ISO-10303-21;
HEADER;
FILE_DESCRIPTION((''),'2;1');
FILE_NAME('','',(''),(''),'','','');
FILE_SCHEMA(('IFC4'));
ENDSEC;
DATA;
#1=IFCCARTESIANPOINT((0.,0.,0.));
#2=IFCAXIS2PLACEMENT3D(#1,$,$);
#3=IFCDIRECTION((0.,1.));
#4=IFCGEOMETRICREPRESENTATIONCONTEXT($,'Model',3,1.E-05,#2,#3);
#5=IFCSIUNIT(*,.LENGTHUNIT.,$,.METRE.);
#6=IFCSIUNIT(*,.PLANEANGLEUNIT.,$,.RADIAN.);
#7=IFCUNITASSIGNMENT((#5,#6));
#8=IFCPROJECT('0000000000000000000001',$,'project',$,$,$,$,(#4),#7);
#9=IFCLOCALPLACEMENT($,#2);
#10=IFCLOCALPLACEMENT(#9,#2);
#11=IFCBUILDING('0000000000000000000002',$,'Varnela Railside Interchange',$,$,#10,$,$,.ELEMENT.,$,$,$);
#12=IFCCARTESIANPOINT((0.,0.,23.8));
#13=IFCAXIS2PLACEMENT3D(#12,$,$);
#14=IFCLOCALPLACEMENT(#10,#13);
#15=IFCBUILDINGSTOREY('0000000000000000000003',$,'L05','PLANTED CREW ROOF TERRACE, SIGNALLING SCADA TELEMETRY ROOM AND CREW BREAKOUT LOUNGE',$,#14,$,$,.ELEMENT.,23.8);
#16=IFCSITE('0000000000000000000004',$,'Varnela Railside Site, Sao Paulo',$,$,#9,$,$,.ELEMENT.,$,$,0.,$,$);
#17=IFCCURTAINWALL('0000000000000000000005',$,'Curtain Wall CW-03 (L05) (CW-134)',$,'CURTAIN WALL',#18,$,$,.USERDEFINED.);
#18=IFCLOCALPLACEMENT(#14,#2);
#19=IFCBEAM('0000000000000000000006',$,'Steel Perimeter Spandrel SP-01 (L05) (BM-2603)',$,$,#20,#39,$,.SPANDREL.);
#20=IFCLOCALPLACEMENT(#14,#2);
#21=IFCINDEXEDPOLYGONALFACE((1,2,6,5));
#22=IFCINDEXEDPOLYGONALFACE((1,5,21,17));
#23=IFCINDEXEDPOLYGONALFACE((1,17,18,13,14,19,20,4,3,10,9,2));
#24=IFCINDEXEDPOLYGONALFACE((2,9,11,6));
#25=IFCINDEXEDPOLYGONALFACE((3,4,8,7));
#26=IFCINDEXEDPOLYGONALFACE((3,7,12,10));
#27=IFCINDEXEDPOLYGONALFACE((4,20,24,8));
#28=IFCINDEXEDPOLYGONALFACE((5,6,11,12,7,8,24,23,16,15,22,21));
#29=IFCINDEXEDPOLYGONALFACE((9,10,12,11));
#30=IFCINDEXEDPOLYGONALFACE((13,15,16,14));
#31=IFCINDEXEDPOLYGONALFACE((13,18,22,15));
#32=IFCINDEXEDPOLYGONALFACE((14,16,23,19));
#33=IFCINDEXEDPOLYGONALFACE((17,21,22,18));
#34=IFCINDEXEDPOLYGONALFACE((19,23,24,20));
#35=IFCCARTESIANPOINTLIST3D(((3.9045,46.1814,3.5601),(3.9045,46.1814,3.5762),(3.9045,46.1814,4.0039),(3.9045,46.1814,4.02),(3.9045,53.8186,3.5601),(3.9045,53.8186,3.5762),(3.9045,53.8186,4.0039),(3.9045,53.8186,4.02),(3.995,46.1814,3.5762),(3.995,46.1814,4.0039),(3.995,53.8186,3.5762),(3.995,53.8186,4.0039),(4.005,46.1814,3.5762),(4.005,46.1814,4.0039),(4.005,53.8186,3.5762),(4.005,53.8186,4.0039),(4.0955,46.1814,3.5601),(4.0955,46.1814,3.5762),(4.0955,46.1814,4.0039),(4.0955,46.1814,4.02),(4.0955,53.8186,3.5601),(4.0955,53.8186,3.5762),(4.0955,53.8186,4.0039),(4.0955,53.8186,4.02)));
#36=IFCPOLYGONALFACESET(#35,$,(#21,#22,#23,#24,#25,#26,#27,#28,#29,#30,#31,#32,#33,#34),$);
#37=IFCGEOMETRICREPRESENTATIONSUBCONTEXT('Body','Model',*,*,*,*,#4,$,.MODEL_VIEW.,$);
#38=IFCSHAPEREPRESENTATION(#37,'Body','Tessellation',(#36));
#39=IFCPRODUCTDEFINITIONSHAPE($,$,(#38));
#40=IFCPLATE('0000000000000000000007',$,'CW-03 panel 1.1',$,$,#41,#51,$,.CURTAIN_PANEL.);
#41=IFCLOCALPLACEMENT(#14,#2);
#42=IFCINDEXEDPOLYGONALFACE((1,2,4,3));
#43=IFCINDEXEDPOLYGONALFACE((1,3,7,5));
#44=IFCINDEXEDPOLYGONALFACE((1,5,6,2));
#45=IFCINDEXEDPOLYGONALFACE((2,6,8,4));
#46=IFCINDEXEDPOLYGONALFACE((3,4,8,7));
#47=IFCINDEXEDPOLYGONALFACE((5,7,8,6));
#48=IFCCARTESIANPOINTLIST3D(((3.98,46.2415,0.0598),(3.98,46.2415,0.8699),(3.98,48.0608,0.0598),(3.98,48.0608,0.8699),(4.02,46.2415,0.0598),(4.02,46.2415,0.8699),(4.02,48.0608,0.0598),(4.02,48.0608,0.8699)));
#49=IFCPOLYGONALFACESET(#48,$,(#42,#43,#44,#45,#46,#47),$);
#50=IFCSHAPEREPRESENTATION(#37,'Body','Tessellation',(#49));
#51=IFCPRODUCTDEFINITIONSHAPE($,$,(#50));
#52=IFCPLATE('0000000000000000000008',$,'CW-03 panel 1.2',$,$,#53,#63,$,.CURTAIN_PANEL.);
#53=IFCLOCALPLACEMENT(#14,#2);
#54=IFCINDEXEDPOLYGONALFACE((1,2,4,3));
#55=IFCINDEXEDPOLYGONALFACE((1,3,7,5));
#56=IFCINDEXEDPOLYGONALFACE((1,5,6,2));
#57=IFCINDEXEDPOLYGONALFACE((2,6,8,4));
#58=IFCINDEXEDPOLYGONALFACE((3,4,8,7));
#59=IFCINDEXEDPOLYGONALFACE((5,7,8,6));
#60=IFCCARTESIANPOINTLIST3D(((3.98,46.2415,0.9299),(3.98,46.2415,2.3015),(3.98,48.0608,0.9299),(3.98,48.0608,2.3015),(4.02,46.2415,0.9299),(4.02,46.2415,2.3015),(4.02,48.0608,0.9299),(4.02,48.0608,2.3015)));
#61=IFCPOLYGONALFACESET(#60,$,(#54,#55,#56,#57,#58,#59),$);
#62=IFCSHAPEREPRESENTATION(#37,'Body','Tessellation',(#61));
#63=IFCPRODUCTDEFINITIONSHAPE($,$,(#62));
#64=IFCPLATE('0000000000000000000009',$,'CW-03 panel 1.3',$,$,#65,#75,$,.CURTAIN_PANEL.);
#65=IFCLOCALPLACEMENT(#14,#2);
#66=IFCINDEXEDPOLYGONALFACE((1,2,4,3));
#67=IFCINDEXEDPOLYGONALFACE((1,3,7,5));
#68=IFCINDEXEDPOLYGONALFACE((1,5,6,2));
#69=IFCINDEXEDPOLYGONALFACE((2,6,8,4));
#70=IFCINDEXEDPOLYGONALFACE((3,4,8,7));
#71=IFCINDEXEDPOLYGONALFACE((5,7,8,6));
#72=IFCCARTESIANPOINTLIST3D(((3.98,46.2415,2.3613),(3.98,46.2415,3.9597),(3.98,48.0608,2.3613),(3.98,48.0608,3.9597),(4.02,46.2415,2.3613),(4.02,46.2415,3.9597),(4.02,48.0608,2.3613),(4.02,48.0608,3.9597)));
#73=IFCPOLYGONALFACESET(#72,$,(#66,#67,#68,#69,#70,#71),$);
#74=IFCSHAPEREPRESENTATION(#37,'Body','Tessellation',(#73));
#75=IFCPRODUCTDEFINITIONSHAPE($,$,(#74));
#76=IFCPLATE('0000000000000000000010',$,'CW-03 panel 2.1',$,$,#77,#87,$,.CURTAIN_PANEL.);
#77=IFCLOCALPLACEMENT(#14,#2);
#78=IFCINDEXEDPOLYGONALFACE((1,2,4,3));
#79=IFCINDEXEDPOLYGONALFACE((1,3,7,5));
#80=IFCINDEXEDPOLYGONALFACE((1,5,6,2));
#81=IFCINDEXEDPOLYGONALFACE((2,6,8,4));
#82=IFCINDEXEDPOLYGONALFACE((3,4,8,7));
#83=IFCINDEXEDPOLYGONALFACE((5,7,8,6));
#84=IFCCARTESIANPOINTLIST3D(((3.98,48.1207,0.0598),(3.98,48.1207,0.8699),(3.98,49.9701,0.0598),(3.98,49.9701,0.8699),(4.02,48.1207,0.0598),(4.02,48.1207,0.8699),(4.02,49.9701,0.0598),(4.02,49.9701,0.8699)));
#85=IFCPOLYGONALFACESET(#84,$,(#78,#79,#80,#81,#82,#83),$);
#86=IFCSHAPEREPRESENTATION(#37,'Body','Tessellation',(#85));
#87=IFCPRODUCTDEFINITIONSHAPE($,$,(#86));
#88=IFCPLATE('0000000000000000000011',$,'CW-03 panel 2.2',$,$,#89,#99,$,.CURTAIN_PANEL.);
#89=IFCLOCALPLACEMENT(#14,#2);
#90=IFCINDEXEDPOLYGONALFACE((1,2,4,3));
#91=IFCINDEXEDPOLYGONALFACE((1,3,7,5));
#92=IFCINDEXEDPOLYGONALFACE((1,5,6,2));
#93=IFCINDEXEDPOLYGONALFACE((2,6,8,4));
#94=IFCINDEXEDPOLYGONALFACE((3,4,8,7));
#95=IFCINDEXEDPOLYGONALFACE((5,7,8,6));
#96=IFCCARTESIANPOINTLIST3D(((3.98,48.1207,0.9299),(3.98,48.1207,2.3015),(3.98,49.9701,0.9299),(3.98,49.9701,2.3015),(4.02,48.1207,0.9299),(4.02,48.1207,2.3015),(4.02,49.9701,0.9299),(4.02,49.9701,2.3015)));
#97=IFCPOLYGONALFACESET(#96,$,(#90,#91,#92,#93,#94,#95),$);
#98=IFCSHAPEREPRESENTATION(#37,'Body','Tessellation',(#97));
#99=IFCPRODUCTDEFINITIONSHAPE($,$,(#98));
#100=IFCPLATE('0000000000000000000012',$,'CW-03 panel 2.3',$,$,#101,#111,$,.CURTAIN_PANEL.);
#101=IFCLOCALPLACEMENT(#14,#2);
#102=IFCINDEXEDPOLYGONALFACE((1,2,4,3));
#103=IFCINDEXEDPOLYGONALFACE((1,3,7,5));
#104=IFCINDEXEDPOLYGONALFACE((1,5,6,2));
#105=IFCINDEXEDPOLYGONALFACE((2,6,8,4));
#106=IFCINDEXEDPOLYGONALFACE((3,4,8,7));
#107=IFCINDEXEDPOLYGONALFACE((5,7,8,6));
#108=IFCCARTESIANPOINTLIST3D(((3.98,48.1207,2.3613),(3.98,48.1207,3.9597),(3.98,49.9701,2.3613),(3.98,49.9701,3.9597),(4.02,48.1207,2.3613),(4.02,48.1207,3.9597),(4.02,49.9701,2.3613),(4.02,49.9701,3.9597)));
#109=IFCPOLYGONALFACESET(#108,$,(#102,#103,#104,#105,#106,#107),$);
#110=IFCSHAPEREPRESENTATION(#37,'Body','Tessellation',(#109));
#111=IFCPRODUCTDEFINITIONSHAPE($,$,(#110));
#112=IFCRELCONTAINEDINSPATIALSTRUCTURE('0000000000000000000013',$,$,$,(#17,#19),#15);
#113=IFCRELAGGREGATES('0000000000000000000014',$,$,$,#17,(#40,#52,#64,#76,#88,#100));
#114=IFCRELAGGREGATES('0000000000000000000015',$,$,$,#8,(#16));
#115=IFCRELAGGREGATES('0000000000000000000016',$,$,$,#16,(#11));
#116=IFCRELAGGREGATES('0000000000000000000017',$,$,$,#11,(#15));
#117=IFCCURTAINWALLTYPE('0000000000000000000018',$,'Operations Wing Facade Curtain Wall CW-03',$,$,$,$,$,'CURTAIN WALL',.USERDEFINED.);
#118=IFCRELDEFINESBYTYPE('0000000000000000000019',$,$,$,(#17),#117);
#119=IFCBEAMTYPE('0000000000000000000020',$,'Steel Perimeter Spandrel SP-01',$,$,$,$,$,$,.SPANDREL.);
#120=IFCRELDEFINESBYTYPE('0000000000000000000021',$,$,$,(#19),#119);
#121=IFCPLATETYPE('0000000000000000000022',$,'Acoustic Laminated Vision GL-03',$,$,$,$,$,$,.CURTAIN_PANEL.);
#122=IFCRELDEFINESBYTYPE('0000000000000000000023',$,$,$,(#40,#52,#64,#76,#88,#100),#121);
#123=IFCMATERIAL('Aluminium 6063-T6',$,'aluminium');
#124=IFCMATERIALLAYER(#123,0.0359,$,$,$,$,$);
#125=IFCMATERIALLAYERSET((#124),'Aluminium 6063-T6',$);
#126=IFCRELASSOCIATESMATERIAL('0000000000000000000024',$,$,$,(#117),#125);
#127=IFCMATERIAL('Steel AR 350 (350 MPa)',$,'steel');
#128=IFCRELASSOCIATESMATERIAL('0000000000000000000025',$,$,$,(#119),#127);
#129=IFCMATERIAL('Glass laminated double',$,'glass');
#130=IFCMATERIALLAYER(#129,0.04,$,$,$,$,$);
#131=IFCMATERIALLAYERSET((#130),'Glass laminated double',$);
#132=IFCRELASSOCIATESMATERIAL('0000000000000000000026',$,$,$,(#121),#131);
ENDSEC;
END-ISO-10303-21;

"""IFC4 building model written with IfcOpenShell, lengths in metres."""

from ifc_helpers import new_model, si_unit, direction, frame, origin, origin_2d, place, context, subcontext, project, spatial, rectangle, i_section, extrude, material, layer, layer_set, material_profile, profile_set, type_object, element, aggregate, save


model = new_model("IFC4")

# Units and contexts
model_context = context("Model", 3, precision=1e-05, world=origin(), true_north=direction((0.0, 1.0)))
body_context = subcontext(model_context, "Body", "Model", "MODEL_VIEW")
ifc_project = project(units=[si_unit("LENGTHUNIT", "METRE"), si_unit("PLANEANGLEUNIT", "RADIAN")], contexts=[model_context])

# Site, building, storey
site_placement = place(None, origin())
site = spatial("IfcSite", under=ifc_project, at=site_placement, Name="Varnela Railside Site, Sao Paulo", CompositionType="ELEMENT", RefElevation=0.0)
building_placement = place(site_placement, origin())
building = spatial("IfcBuilding", under=site, at=building_placement, Name="Varnela Railside Interchange", CompositionType="ELEMENT")
storey_placement = place(building_placement, frame((0.0, 0.0, 23.8)))
storey = spatial("IfcBuildingStorey", under=building, at=storey_placement, Name="L05", Description="PLANTED CREW ROOF TERRACE, SIGNALLING SCADA TELEMETRY ROOM AND CREW BREAKOUT LOUNGE", CompositionType="ELEMENT", Elevation=23.8)

# Curtain wall
ifc_material_1 = material(Name="Aluminium 6063-T6", Category="aluminium")
ifc_layer_1 = layer(ifc_material_1, 0.0359)
ifc_layer_set_1 = layer_set([ifc_layer_1], Name="Aluminium 6063-T6")
curtain_wall_type = type_object("IfcCurtainWallType", Name="Operations Wing Facade Curtain Wall CW-03", ElementType="CURTAIN WALL", PredefinedType="USERDEFINED", material=ifc_layer_set_1)
curtain_wall_placement = place(storey_placement, origin())
curtain_wall = element("IfcCurtainWall", 1, at=curtain_wall_placement, inside=storey, type_object=curtain_wall_type, Name="Curtain Wall CW-03 (L05) (CW-134)", ObjectType="CURTAIN WALL", PredefinedType="USERDEFINED")

# Beam
ifc_material_2 = material(Name="Steel AR 350 (350 MPa)", Category="steel")
ifc_material_profile_1 = material_profile(ifc_material_2, i_section(OverallWidth=0.1909, OverallDepth=0.46, WebThickness=0.01, FlangeThickness=0.0161, at=origin_2d()), Name="W460x82")
ifc_profile_set_1 = profile_set([ifc_material_profile_1], Name="Steel AR 350 (350 MPa)")
beam_type = type_object("IfcBeamType", Name="Steel Perimeter Spandrel SP-01", PredefinedType="SPANDREL", material=ifc_profile_set_1)
beam_placement = place(storey_placement, frame((4.0, 46.1814, 3.79), z_axis=(0.0, 1.0, 0.0), x_axis=(-1.0, 0.0, 0.0)))
element("IfcBeam", 2, at=beam_placement, inside=storey, type_object=beam_type, Name="Steel Perimeter Spandrel SP-01 (L05) (BM-2603)", PredefinedType="SPANDREL", context=body_context, shape_type="SweptSolid", body=[
    extrude(i_section(OverallWidth=0.1909, OverallDepth=0.46, WebThickness=0.01, FlangeThickness=0.0161, at=origin_2d()), origin(), (0.0, 0.0, 1.0), 7.6372),
])

# Plates
ifc_material_3 = material(Name="Glass laminated double", Category="glass")
ifc_layer_2 = layer(ifc_material_3, 0.04)
ifc_layer_set_2 = layer_set([ifc_layer_2], Name="Glass laminated double")
plate_type = type_object("IfcPlateType", Name="Acoustic Laminated Vision GL-03", PredefinedType="CURTAIN_PANEL", material=ifc_layer_set_2)
plate_1_placement = place(storey_placement, frame((4.0, 47.1511, 0.0598), z_axis=(0.0, 0.0, 1.0), x_axis=(0.0, 1.0, 0.0)))
plate_1 = element("IfcPlate", 3, at=plate_1_placement, type_object=plate_type, Name="CW-03 panel 1.1", PredefinedType="CURTAIN_PANEL", context=body_context, shape_type="SweptSolid", body=[
    extrude(rectangle(XDim=1.8193, YDim=0.04, at=origin_2d()), origin(), (0.0, 0.0, 1.0), 0.8101),
])
plate_2_placement = place(storey_placement, frame((4.0, 47.1511, 0.9299), z_axis=(0.0, 0.0, 1.0), x_axis=(0.0, 1.0, 0.0)))
plate_2 = element("IfcPlate", 4, at=plate_2_placement, type_object=plate_type, Name="CW-03 panel 1.2", PredefinedType="CURTAIN_PANEL", context=body_context, shape_type="SweptSolid", body=[
    extrude(rectangle(XDim=1.8193, YDim=0.04, at=origin_2d()), origin(), (0.0, 0.0, 1.0), 1.3716),
])
plate_3_placement = place(storey_placement, frame((4.0, 47.1511, 2.3613), z_axis=(0.0, 0.0, 1.0), x_axis=(0.0, 1.0, 0.0)))
plate_3 = element("IfcPlate", 5, at=plate_3_placement, type_object=plate_type, Name="CW-03 panel 1.3", PredefinedType="CURTAIN_PANEL", context=body_context, shape_type="SweptSolid", body=[
    extrude(rectangle(XDim=1.8193, YDim=0.04, at=origin_2d()), origin(), (0.0, 0.0, 1.0), 1.5984),
])
plate_4_placement = place(storey_placement, frame((4.0, 49.0454, 0.0598), z_axis=(0.0, 0.0, 1.0), x_axis=(0.0, 1.0, 0.0)))
plate_4 = element("IfcPlate", 6, at=plate_4_placement, type_object=plate_type, Name="CW-03 panel 2.1", PredefinedType="CURTAIN_PANEL", context=body_context, shape_type="SweptSolid", body=[
    extrude(rectangle(XDim=1.8494, YDim=0.04, at=origin_2d()), origin(), (0.0, 0.0, 1.0), 0.8101),
])
plate_5_placement = place(storey_placement, frame((4.0, 49.0454, 0.9299), z_axis=(0.0, 0.0, 1.0), x_axis=(0.0, 1.0, 0.0)))
plate_5 = element("IfcPlate", 7, at=plate_5_placement, type_object=plate_type, Name="CW-03 panel 2.2", PredefinedType="CURTAIN_PANEL", context=body_context, shape_type="SweptSolid", body=[
    extrude(rectangle(XDim=1.8494, YDim=0.04, at=origin_2d()), origin(), (0.0, 0.0, 1.0), 1.3716),
])
plate_6_placement = place(storey_placement, frame((4.0, 49.0454, 2.3613), z_axis=(0.0, 0.0, 1.0), x_axis=(0.0, 1.0, 0.0)))
plate_6 = element("IfcPlate", 8, at=plate_6_placement, type_object=plate_type, Name="CW-03 panel 2.3", PredefinedType="CURTAIN_PANEL", context=body_context, shape_type="SweptSolid", body=[
    extrude(rectangle(XDim=1.8494, YDim=0.04, at=origin_2d()), origin(), (0.0, 0.0, 1.0), 1.5984),
])
aggregate(curtain_wall, [plate_1, plate_2, plate_3, plate_4, plate_5, plate_6])

save(model, "model.ifc")
